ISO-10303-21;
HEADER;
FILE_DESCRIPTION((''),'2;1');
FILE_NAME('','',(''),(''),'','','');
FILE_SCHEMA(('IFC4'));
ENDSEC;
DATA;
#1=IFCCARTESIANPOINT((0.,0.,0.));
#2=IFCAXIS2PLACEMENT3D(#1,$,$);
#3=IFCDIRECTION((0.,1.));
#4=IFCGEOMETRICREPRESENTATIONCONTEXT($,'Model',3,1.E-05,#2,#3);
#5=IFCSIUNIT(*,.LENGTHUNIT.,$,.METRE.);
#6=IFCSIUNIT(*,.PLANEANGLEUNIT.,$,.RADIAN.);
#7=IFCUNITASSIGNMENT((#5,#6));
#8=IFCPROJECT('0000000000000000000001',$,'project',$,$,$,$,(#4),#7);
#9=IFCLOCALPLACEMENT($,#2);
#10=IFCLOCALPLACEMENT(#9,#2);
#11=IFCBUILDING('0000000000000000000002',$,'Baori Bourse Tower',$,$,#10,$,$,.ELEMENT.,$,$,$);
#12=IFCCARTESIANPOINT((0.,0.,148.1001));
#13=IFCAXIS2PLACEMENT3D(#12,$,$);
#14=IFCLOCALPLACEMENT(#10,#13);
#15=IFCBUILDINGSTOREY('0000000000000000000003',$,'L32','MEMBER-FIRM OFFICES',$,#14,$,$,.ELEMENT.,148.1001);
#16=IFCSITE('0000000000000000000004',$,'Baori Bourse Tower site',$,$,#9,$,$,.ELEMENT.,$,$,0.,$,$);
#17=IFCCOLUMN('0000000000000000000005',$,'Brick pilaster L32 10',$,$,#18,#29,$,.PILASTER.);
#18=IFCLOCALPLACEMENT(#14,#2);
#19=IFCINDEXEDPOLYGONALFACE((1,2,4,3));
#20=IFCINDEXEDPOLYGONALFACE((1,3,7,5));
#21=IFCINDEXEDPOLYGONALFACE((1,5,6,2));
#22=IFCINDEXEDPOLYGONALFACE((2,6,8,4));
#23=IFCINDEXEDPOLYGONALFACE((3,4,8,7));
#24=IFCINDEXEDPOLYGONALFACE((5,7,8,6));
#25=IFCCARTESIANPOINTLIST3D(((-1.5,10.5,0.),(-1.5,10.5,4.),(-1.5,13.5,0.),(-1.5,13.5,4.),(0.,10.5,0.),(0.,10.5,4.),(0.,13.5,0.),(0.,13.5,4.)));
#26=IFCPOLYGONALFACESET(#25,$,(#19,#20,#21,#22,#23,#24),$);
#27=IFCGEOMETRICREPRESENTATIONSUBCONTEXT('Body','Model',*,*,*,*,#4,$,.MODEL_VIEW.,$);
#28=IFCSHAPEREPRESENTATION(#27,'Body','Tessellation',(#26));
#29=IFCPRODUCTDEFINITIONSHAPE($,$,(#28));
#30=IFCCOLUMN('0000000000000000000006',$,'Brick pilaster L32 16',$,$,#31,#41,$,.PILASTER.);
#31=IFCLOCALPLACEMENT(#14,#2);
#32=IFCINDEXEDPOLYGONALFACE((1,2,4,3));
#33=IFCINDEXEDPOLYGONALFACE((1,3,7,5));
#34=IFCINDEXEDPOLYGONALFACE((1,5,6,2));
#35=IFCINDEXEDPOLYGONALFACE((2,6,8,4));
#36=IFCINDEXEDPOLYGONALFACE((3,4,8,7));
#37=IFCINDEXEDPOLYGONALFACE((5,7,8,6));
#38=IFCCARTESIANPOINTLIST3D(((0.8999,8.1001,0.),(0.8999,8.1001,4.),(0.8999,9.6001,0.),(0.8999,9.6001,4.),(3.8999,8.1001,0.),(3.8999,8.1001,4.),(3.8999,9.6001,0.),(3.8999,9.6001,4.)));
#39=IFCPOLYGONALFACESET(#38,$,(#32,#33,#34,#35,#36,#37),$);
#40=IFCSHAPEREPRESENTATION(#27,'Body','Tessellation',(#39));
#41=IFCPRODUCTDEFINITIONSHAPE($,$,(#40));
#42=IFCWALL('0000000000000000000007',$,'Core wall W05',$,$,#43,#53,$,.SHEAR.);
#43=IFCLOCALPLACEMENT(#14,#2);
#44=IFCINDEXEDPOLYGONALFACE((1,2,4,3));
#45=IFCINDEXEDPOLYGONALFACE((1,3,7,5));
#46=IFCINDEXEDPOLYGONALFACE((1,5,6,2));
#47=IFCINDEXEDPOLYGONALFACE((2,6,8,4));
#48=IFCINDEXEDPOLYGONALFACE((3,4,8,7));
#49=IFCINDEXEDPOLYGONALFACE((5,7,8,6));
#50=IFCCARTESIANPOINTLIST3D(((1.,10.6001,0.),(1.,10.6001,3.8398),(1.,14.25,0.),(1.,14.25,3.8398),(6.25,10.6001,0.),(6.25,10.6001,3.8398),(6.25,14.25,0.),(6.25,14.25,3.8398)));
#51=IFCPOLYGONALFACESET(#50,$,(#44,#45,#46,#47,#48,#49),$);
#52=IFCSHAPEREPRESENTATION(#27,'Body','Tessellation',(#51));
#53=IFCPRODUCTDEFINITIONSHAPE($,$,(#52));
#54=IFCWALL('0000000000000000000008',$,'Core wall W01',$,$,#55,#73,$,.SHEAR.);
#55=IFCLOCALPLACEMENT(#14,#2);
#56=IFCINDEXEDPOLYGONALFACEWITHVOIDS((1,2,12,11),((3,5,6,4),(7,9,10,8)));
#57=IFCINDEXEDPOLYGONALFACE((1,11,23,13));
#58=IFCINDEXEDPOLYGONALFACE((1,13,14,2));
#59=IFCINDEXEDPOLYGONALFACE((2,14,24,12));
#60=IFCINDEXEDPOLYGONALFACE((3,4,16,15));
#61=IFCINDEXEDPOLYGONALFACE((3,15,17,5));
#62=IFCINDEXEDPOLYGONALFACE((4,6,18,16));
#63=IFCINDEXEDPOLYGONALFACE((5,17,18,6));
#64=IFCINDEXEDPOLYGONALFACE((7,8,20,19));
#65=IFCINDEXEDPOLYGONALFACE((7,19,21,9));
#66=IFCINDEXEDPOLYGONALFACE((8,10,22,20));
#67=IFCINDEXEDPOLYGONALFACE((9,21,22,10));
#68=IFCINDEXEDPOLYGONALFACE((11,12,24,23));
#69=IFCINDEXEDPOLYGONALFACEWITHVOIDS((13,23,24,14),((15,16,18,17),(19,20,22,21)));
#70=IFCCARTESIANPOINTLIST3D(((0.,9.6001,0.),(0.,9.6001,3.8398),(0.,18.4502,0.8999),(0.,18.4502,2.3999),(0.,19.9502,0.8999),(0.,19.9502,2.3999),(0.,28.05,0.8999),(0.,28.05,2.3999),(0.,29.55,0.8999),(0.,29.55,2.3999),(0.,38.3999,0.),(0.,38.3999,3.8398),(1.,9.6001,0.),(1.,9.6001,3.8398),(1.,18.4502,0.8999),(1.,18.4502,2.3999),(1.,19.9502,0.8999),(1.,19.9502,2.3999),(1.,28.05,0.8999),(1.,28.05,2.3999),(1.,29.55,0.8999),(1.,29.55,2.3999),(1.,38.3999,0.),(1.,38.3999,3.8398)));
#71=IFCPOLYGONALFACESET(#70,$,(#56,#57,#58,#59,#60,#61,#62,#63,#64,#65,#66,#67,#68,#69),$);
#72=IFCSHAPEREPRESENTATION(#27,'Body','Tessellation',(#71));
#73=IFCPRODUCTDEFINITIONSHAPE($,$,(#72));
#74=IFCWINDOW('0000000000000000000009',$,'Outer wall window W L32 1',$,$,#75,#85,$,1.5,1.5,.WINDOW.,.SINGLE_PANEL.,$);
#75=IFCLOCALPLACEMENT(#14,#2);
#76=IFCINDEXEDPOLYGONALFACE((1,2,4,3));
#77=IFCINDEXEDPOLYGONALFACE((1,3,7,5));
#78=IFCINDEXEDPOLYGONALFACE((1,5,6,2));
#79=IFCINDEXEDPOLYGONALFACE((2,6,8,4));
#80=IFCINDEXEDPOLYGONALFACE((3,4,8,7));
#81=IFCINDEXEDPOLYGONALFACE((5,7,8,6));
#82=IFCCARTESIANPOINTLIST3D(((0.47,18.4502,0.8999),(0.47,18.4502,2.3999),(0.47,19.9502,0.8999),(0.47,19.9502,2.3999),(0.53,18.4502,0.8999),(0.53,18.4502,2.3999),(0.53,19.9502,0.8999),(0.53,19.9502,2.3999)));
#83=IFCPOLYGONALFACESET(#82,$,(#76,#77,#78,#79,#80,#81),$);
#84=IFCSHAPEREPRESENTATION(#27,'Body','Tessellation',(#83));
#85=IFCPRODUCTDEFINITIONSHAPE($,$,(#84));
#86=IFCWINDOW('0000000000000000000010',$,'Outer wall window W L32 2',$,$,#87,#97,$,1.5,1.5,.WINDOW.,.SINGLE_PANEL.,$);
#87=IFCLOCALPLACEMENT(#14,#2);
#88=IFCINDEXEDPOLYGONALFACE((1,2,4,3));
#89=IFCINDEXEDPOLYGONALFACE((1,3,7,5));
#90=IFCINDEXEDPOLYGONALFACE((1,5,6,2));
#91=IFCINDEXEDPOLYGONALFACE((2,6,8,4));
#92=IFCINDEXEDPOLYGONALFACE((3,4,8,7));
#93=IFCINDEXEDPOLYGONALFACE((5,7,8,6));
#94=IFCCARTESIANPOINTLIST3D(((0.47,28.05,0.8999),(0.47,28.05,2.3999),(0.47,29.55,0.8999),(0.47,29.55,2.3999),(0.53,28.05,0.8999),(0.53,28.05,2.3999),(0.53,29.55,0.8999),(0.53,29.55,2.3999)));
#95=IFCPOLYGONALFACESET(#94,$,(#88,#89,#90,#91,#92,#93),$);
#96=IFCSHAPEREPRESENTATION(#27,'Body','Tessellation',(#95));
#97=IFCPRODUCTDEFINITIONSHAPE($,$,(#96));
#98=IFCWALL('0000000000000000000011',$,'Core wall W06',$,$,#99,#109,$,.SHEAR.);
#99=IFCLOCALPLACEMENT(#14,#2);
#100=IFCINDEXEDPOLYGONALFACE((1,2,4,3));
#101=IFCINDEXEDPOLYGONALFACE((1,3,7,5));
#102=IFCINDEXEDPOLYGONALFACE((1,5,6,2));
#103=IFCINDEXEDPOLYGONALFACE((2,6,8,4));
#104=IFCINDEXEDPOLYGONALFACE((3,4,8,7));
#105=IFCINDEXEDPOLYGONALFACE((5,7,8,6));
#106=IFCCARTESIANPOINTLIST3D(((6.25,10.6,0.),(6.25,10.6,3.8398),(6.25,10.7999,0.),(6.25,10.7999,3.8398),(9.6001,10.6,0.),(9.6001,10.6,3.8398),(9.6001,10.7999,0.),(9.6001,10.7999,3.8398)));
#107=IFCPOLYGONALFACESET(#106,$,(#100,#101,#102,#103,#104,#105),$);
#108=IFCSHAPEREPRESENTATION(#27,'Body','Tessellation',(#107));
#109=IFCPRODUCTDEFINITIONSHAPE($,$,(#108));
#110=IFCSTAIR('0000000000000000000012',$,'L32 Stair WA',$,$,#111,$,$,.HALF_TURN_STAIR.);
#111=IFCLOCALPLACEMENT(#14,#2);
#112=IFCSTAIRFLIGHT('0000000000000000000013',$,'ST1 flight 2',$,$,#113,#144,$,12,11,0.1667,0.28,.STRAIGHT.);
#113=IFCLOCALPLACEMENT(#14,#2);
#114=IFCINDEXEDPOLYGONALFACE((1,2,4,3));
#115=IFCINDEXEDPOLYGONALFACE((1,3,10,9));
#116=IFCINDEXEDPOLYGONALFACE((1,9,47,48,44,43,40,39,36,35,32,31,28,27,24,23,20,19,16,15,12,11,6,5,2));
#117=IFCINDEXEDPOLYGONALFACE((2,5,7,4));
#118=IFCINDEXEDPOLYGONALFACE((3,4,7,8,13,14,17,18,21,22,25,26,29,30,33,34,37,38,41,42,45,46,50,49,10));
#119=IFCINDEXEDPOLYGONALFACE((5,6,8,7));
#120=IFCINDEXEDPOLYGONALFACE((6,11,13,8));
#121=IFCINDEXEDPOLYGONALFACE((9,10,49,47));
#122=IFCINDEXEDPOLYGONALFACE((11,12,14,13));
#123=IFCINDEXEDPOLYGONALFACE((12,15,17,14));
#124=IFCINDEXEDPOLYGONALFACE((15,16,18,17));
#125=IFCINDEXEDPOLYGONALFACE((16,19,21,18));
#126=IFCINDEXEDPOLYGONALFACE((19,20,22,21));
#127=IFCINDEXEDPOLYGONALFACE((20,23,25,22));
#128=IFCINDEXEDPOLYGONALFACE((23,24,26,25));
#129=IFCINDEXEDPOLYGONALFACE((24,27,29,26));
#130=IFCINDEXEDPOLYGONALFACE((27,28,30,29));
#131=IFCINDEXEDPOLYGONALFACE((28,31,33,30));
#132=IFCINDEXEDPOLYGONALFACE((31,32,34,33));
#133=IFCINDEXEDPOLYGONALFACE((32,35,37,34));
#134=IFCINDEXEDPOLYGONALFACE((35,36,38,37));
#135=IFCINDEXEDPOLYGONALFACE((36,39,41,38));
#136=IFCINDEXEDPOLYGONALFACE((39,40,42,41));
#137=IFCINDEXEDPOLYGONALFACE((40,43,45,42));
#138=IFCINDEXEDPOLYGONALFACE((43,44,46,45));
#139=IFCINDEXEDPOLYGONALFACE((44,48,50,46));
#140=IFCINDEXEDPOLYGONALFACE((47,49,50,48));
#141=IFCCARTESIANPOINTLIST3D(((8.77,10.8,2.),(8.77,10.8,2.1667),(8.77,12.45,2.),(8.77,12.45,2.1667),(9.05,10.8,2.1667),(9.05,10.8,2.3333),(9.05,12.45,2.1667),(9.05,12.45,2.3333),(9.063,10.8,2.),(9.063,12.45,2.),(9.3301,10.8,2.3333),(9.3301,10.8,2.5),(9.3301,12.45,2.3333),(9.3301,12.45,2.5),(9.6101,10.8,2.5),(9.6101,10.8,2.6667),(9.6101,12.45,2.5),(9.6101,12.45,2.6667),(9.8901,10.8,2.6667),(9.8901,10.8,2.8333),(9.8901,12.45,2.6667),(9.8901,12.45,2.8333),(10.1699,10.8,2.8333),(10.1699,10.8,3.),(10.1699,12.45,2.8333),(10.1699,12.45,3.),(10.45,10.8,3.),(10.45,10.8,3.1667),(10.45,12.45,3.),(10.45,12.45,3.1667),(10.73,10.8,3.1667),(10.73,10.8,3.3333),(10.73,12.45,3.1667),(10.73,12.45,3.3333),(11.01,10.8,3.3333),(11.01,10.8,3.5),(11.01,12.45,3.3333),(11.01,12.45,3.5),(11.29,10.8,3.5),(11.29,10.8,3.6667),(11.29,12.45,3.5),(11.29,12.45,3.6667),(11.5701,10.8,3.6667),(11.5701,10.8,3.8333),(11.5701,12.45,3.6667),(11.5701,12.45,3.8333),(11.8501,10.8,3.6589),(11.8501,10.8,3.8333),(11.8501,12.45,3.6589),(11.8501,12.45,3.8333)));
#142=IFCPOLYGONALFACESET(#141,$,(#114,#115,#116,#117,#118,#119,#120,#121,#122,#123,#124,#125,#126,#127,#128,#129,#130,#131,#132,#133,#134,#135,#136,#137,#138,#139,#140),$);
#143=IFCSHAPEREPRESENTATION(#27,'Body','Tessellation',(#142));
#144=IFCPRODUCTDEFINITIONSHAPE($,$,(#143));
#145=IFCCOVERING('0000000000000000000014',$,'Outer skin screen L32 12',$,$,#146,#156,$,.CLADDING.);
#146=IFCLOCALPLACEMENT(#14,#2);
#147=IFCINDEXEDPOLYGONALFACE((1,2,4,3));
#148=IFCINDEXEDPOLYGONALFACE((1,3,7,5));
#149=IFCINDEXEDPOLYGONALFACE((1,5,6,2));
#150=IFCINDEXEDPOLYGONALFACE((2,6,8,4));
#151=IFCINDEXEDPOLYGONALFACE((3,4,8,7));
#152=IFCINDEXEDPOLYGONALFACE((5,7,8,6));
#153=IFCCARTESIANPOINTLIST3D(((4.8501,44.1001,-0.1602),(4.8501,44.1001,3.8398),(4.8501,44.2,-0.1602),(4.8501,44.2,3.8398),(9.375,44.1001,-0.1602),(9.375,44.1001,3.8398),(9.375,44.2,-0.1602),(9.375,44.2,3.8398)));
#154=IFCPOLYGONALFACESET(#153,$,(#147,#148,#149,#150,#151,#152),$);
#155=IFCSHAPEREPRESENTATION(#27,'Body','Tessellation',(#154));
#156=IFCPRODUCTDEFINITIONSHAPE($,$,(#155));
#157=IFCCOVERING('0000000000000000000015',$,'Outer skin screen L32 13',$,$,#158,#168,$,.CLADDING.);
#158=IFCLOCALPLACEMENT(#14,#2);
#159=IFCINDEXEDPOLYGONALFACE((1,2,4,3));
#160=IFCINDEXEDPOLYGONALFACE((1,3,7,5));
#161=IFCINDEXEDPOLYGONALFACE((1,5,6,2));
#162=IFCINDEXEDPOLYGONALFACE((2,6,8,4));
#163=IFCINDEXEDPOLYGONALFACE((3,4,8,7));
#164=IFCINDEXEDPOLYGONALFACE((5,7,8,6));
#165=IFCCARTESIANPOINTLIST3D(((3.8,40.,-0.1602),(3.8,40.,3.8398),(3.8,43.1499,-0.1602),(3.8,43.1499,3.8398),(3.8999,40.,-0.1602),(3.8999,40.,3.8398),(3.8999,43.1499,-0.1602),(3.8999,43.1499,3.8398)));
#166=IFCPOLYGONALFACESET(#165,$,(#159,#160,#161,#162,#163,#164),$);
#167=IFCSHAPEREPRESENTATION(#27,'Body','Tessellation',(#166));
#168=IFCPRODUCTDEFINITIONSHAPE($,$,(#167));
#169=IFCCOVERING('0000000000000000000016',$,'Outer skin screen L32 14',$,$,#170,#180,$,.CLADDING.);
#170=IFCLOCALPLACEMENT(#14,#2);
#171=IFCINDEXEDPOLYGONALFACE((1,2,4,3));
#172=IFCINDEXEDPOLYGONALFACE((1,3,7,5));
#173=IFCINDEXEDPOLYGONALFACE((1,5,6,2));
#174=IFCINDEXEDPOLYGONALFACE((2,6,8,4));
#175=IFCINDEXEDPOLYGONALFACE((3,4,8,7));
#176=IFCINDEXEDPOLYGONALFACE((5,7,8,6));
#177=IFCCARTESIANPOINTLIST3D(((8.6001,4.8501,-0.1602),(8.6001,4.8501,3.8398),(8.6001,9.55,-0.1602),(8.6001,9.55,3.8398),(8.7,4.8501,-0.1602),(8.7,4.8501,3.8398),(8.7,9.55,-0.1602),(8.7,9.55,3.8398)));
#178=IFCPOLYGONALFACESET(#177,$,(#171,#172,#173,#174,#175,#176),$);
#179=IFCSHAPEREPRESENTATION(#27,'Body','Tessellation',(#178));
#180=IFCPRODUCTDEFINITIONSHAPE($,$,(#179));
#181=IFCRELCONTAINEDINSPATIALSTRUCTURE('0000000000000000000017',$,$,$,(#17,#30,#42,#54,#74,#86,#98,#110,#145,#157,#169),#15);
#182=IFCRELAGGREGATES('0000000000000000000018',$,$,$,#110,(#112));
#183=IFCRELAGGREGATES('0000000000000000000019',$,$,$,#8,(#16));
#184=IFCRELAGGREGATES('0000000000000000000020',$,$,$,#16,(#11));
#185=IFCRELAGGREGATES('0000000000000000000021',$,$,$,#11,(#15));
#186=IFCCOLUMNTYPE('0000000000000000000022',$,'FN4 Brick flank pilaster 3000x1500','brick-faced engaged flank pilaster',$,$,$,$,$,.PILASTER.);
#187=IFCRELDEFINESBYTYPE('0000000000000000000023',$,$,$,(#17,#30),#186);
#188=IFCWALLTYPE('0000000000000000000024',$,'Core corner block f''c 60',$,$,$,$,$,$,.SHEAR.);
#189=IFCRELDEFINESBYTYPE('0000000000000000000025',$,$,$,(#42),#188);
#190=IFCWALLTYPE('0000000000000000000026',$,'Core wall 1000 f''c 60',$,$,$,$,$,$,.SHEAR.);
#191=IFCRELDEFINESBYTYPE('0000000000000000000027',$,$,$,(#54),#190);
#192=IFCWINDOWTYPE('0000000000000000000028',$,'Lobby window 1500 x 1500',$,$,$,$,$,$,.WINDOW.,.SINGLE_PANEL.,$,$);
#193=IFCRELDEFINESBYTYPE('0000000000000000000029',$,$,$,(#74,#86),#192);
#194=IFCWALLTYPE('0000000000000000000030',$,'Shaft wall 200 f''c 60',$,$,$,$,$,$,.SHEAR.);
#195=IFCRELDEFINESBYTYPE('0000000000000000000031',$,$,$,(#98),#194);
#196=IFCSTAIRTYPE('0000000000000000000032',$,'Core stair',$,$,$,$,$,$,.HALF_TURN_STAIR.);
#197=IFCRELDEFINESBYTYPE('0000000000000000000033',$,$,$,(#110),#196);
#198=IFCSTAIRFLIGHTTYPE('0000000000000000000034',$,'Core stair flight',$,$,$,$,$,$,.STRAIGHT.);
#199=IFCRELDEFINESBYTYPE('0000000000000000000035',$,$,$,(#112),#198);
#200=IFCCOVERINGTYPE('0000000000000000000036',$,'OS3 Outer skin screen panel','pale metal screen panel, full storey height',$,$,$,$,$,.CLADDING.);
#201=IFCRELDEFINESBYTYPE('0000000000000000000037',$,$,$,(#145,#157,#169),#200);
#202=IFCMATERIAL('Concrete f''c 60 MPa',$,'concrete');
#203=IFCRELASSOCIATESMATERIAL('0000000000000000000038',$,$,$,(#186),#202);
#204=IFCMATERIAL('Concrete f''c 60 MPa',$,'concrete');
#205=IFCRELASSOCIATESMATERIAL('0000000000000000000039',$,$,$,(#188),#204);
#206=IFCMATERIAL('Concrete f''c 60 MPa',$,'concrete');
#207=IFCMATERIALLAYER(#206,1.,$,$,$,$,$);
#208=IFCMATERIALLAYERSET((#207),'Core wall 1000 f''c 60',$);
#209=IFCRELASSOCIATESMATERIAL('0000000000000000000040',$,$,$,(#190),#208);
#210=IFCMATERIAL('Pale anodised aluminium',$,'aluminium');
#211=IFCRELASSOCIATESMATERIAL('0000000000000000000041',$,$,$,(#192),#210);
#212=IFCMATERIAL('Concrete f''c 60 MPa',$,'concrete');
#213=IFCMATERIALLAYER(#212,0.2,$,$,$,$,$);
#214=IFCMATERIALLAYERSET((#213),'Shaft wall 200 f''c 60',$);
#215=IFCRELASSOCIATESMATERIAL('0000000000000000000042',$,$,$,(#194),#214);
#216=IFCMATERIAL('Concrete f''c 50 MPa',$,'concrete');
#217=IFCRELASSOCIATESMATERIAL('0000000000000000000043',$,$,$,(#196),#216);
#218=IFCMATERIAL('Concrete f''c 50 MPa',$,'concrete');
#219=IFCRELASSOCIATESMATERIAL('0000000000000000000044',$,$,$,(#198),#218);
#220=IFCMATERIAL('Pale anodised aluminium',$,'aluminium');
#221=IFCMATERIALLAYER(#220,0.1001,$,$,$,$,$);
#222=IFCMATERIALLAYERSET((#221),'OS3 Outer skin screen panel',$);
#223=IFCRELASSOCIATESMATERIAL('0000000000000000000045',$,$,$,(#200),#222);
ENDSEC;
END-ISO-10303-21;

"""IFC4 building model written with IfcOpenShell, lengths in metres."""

from ifc_helpers import new_model, si_unit, direction, frame, frame_2d, origin, origin_2d, place, context, subcontext, project, spatial, polyline, rectangle, outline, extrude, material, layer, layer_set, material_profile, profile_set, type_object, element, fill, aggregate, save


model = new_model("IFC4")

# Units and contexts
model_context = context("Model", 3, precision=1e-05, world=origin(), true_north=direction((0.0, 1.0)))
body_context = subcontext(model_context, "Body", "Model", "MODEL_VIEW")
ifc_project = project(units=[si_unit("LENGTHUNIT", "METRE"), si_unit("PLANEANGLEUNIT", "RADIAN")], contexts=[model_context])

# Site, building, storey
site_placement = place(None, origin())
site = spatial("IfcSite", under=ifc_project, at=site_placement, Name="Baori Bourse Tower site", CompositionType="ELEMENT", RefElevation=0.0)
building_placement = place(site_placement, origin())
building = spatial("IfcBuilding", under=site, at=building_placement, Name="Baori Bourse Tower", CompositionType="ELEMENT")
storey_placement = place(building_placement, frame((0.0, 0.0, 148.1001)))
storey = spatial("IfcBuildingStorey", under=building, at=storey_placement, Name="L32", Description="MEMBER-FIRM OFFICES", CompositionType="ELEMENT", Elevation=148.1001)

# Columns
ifc_material_1 = material(Name="Concrete f'c 60 MPa", Category="concrete")
ifc_material_profile = material_profile(ifc_material_1, rectangle(XDim=3.0, YDim=1.5, at=origin_2d()), Name="RC 3000x1500")
ifc_profile_set = profile_set([ifc_material_profile], Name="Concrete f'c 60 MPa")
column_type = type_object("IfcColumnType", Name="FN4 Brick flank pilaster 3000x1500", Description="brick-faced engaged flank pilaster", PredefinedType="PILASTER", material=ifc_profile_set)
for number, where, z_axis, x_axis, name in (
    (1, (-0.75, 12.0, 0.0), (0.0, 0.0, 1.0), (0.0, 1.0, 0.0), "Brick pilaster L32 10"),
    (2, (2.3999, 8.8501, 0.0), (0.0, 0.0, 1.0), (1.0, 0.0, 0.0), "Brick pilaster L32 16"),
):
    element("IfcColumn", number, at=place(storey_placement, frame(where, z_axis=z_axis, x_axis=x_axis)), inside=storey, type_object=column_type, Name=name, PredefinedType="PILASTER", context=body_context, shape_type="SweptSolid", body=[
        extrude(rectangle(XDim=3.0, YDim=1.5, at=origin_2d()), origin(), (0.0, 0.0, 1.0), 4.0),
    ])

# Wall
ifc_material_2 = material(Name="Concrete f'c 60 MPa", Category="concrete")
wall_type_1 = type_object("IfcWallType", Name="Core corner block f'c 60", PredefinedType="SHEAR", material=ifc_material_2)
wall_1_placement = place(storey_placement, frame((1.0, 12.425, 0.0), z_axis=(0.0, 0.0, 1.0), x_axis=(1.0, 0.0, 0.0)))
element("IfcWall", 3, at=wall_1_placement, inside=storey, type_object=wall_type_1, Name="Core wall W05", PredefinedType="SHEAR", context=body_context, shape_type="SweptSolid", body=[
    extrude(rectangle(XDim=5.25, YDim=3.6499, at=frame_2d((2.625, 0.0))), origin(), (0.0, 0.0, 1.0), 3.8398),
])

# Wall, openings, windows
ifc_material_3 = material(Name="Concrete f'c 60 MPa", Category="concrete")
ifc_layer_1 = layer(ifc_material_3, 1.0)
ifc_layer_set_1 = layer_set([ifc_layer_1], Name="Core wall 1000 f'c 60")
wall_type_2 = type_object("IfcWallType", Name="Core wall 1000 f'c 60", PredefinedType="SHEAR", material=ifc_layer_set_1)
wall_2_placement = place(storey_placement, frame((0.5, 9.6001, 0.0), z_axis=(0.0, 0.0, 1.0), x_axis=(0.0, 1.0, 0.0)))
wall_2 = element("IfcWall", 4, at=wall_2_placement, inside=storey, type_object=wall_type_2, Name="Core wall W01", PredefinedType="SHEAR", context=body_context, shape_type="SweptSolid", body=[
    extrude(rectangle(XDim=28.7998, YDim=1.0, at=frame_2d((14.3999, 0.0))), origin(), (0.0, 0.0, 1.0), 3.8398),
])
opening_1_placement = place(wall_2_placement, frame((8.8501, 0.0, 0.8999)))
opening_1 = element("IfcOpeningElement", 5, at=opening_1_placement, cuts=wall_2, PredefinedType="OPENING", context=body_context, shape_type="SweptSolid", body=[
    extrude(rectangle(XDim=1.5, YDim=1.5, at=frame_2d((0.75, 0.75))), frame((0.0, 0.51, 0.0), z_axis=(0.0, -1.0, 0.0), x_axis=(1.0, 0.0, 0.0)), (0.0, 0.0, 1.0), 1.02),
])
opening_2_placement = place(wall_2_placement, frame((18.45, 0.0, 0.8999)))
opening_2 = element("IfcOpeningElement", 6, at=opening_2_placement, cuts=wall_2, PredefinedType="OPENING", context=body_context, shape_type="SweptSolid", body=[
    extrude(rectangle(XDim=1.5, YDim=1.5, at=frame_2d((0.75, 0.75))), frame((0.0, 0.51, 0.0), z_axis=(0.0, -1.0, 0.0), x_axis=(1.0, 0.0, 0.0)), (0.0, 0.0, 1.0), 1.02),
])
ifc_material_4 = material(Name="Pale anodised aluminium", Category="aluminium")
window_type = type_object("IfcWindowType", Name="Lobby window 1500 x 1500", PartitioningType="SINGLE_PANEL", PredefinedType="WINDOW", material=ifc_material_4)
window_1_placement = place(opening_1_placement, origin())
window_1 = element("IfcWindow", 7, at=window_1_placement, inside=storey, type_object=window_type, Name="Outer wall window W L32 1", OverallHeight=1.5, OverallWidth=1.5, PartitioningType="SINGLE_PANEL", PredefinedType="WINDOW", context=body_context, shape_type="SweptSolid", body=[
    extrude(rectangle(XDim=1.5, YDim=1.5, at=frame_2d((0.75, 0.75))), frame((0.0, 0.03, 0.0), z_axis=(0.0, -1.0, 0.0), x_axis=(1.0, 0.0, 0.0)), (0.0, 0.0, 1.0), 0.0601),
])
fill(opening_1, window_1)
window_2_placement = place(opening_2_placement, origin())
window_2 = element("IfcWindow", 8, at=window_2_placement, inside=storey, type_object=window_type, Name="Outer wall window W L32 2", OverallHeight=1.5, OverallWidth=1.5, PartitioningType="SINGLE_PANEL", PredefinedType="WINDOW", context=body_context, shape_type="SweptSolid", body=[
    extrude(rectangle(XDim=1.5, YDim=1.5, at=frame_2d((0.75, 0.75))), frame((0.0, 0.03, 0.0), z_axis=(0.0, -1.0, 0.0), x_axis=(1.0, 0.0, 0.0)), (0.0, 0.0, 1.0), 0.0601),
])
fill(opening_2, window_2)

# Wall
ifc_material_5 = material(Name="Concrete f'c 60 MPa", Category="concrete")
ifc_layer_2 = layer(ifc_material_5, 0.2)
ifc_layer_set_2 = layer_set([ifc_layer_2], Name="Shaft wall 200 f'c 60")
wall_type_3 = type_object("IfcWallType", Name="Shaft wall 200 f'c 60", PredefinedType="SHEAR", material=ifc_layer_set_2)
wall_3_placement = place(storey_placement, frame((6.25, 10.7, 0.0), z_axis=(0.0, 0.0, 1.0), x_axis=(1.0, 0.0, 0.0)))
element("IfcWall", 9, at=wall_3_placement, inside=storey, type_object=wall_type_3, Name="Core wall W06", PredefinedType="SHEAR", context=body_context, shape_type="SweptSolid", body=[
    extrude(rectangle(XDim=3.3501, YDim=0.2, at=frame_2d((1.675, 0.0))), origin(), (0.0, 0.0, 1.0), 3.8398),
])

# Stair, stair flight
ifc_material_6 = material(Name="Concrete f'c 50 MPa", Category="concrete")
stair_type = type_object("IfcStairType", Name="Core stair", PredefinedType="HALF_TURN_STAIR", material=ifc_material_6)
stair_placement = place(storey_placement, origin())
stair = element("IfcStair", 10, at=stair_placement, inside=storey, type_object=stair_type, Name="L32 Stair WA", PredefinedType="HALF_TURN_STAIR")
ifc_material_7 = material(Name="Concrete f'c 50 MPa", Category="concrete")
stair_flight_type = type_object("IfcStairFlightType", Name="Core stair flight", PredefinedType="STRAIGHT", material=ifc_material_7)
stair_flight_placement = place(storey_placement, frame((8.77, 11.625, 2.0), z_axis=(0.0, 0.0, 1.0), x_axis=(1.0, 0.0, 0.0)))
stair_flight = element("IfcStairFlight", 11, at=stair_flight_placement, type_object=stair_flight_type, Name="ST1 flight 2", NumberOfRisers=12, NumberOfTreads=11, PredefinedType="STRAIGHT", RiserHeight=0.1667, TreadLength=0.28, context=body_context, shape_type="SweptSolid", body=[
    extrude(outline(polyline([(0.0, 0.0), (0.0, 0.1667), (0.28, 0.1667), (0.28, 0.3333), (0.5601, 0.3333), (0.5601, 0.5), (0.8401, 0.5), (0.8401, 0.6667), (1.1201, 0.6667), (1.1201, 0.8333), (1.3999, 0.8333), (1.3999, 1.0), (1.6799, 1.0), (1.6799, 1.1667), (1.96, 1.1667), (1.96, 1.3333), (2.24, 1.3333), (2.24, 1.5), (2.52, 1.5), (2.52, 1.6667), (2.8, 1.6667), (2.8, 1.8333), (3.0801, 1.8333), (3.0801, 2.0), (3.0801, 1.6589), (0.293, 0.0), (0.0, 0.0)])), frame((0.0, 0.825, 0.0), z_axis=(0.0, -1.0, 0.0), x_axis=(1.0, 0.0, 0.0)), (0.0, 0.0, 1.0), 1.6499),
])
aggregate(stair, [stair_flight])

# Coverings
ifc_material_8 = material(Name="Pale anodised aluminium", Category="aluminium")
ifc_layer_3 = layer(ifc_material_8, 0.1001)
ifc_layer_set_3 = layer_set([ifc_layer_3], Name="OS3 Outer skin screen panel")
covering_type_1 = type_object("IfcCoveringType", Name="OS3 Outer skin screen panel", Description="pale metal screen panel, full storey height", PredefinedType="CLADDING", material=ifc_layer_set_3)
covering_1_placement = place(storey_placement, frame((0.0, 0.0, -0.1602)))
element("IfcCovering", 12, at=covering_1_placement, inside=storey, type_object=covering_type_1, Name="Outer skin screen L32 12", PredefinedType="CLADDING", context=body_context, shape_type="SweptSolid", body=[
    extrude(outline(polyline([(4.8501, 44.1001), (9.375, 44.1001), (9.375, 44.2), (4.8501, 44.2), (4.8501, 44.1001)])), origin(), (0.0, 0.0, 1.0), 4.0),
])
covering_2_placement = place(storey_placement, frame((0.0, 0.0, -0.1602)))
element("IfcCovering", 13, at=covering_2_placement, inside=storey, type_object=covering_type_1, Name="Outer skin screen L32 13", PredefinedType="CLADDING", context=body_context, shape_type="SweptSolid", body=[
    extrude(outline(polyline([(3.8999, 40.0), (3.8999, 43.1499), (3.8, 43.1499), (3.8, 40.0), (3.8999, 40.0), (3.8999, 40.0)])), origin(), (0.0, 0.0, 1.0), 4.0),
])
covering_3_placement = place(storey_placement, frame((0.0, 0.0, -0.1602)))
element("IfcCovering", 14, at=covering_3_placement, inside=storey, type_object=covering_type_1, Name="Outer skin screen L32 14", PredefinedType="CLADDING", context=body_context, shape_type="SweptSolid", body=[
    extrude(outline(polyline([(8.7, 4.8501), (8.7, 9.55), (8.6001, 9.55), (8.6001, 4.8501), (8.7, 4.8501)])), origin(), (0.0, 0.0, 1.0), 4.0),
])

save(model, "model.ifc")
